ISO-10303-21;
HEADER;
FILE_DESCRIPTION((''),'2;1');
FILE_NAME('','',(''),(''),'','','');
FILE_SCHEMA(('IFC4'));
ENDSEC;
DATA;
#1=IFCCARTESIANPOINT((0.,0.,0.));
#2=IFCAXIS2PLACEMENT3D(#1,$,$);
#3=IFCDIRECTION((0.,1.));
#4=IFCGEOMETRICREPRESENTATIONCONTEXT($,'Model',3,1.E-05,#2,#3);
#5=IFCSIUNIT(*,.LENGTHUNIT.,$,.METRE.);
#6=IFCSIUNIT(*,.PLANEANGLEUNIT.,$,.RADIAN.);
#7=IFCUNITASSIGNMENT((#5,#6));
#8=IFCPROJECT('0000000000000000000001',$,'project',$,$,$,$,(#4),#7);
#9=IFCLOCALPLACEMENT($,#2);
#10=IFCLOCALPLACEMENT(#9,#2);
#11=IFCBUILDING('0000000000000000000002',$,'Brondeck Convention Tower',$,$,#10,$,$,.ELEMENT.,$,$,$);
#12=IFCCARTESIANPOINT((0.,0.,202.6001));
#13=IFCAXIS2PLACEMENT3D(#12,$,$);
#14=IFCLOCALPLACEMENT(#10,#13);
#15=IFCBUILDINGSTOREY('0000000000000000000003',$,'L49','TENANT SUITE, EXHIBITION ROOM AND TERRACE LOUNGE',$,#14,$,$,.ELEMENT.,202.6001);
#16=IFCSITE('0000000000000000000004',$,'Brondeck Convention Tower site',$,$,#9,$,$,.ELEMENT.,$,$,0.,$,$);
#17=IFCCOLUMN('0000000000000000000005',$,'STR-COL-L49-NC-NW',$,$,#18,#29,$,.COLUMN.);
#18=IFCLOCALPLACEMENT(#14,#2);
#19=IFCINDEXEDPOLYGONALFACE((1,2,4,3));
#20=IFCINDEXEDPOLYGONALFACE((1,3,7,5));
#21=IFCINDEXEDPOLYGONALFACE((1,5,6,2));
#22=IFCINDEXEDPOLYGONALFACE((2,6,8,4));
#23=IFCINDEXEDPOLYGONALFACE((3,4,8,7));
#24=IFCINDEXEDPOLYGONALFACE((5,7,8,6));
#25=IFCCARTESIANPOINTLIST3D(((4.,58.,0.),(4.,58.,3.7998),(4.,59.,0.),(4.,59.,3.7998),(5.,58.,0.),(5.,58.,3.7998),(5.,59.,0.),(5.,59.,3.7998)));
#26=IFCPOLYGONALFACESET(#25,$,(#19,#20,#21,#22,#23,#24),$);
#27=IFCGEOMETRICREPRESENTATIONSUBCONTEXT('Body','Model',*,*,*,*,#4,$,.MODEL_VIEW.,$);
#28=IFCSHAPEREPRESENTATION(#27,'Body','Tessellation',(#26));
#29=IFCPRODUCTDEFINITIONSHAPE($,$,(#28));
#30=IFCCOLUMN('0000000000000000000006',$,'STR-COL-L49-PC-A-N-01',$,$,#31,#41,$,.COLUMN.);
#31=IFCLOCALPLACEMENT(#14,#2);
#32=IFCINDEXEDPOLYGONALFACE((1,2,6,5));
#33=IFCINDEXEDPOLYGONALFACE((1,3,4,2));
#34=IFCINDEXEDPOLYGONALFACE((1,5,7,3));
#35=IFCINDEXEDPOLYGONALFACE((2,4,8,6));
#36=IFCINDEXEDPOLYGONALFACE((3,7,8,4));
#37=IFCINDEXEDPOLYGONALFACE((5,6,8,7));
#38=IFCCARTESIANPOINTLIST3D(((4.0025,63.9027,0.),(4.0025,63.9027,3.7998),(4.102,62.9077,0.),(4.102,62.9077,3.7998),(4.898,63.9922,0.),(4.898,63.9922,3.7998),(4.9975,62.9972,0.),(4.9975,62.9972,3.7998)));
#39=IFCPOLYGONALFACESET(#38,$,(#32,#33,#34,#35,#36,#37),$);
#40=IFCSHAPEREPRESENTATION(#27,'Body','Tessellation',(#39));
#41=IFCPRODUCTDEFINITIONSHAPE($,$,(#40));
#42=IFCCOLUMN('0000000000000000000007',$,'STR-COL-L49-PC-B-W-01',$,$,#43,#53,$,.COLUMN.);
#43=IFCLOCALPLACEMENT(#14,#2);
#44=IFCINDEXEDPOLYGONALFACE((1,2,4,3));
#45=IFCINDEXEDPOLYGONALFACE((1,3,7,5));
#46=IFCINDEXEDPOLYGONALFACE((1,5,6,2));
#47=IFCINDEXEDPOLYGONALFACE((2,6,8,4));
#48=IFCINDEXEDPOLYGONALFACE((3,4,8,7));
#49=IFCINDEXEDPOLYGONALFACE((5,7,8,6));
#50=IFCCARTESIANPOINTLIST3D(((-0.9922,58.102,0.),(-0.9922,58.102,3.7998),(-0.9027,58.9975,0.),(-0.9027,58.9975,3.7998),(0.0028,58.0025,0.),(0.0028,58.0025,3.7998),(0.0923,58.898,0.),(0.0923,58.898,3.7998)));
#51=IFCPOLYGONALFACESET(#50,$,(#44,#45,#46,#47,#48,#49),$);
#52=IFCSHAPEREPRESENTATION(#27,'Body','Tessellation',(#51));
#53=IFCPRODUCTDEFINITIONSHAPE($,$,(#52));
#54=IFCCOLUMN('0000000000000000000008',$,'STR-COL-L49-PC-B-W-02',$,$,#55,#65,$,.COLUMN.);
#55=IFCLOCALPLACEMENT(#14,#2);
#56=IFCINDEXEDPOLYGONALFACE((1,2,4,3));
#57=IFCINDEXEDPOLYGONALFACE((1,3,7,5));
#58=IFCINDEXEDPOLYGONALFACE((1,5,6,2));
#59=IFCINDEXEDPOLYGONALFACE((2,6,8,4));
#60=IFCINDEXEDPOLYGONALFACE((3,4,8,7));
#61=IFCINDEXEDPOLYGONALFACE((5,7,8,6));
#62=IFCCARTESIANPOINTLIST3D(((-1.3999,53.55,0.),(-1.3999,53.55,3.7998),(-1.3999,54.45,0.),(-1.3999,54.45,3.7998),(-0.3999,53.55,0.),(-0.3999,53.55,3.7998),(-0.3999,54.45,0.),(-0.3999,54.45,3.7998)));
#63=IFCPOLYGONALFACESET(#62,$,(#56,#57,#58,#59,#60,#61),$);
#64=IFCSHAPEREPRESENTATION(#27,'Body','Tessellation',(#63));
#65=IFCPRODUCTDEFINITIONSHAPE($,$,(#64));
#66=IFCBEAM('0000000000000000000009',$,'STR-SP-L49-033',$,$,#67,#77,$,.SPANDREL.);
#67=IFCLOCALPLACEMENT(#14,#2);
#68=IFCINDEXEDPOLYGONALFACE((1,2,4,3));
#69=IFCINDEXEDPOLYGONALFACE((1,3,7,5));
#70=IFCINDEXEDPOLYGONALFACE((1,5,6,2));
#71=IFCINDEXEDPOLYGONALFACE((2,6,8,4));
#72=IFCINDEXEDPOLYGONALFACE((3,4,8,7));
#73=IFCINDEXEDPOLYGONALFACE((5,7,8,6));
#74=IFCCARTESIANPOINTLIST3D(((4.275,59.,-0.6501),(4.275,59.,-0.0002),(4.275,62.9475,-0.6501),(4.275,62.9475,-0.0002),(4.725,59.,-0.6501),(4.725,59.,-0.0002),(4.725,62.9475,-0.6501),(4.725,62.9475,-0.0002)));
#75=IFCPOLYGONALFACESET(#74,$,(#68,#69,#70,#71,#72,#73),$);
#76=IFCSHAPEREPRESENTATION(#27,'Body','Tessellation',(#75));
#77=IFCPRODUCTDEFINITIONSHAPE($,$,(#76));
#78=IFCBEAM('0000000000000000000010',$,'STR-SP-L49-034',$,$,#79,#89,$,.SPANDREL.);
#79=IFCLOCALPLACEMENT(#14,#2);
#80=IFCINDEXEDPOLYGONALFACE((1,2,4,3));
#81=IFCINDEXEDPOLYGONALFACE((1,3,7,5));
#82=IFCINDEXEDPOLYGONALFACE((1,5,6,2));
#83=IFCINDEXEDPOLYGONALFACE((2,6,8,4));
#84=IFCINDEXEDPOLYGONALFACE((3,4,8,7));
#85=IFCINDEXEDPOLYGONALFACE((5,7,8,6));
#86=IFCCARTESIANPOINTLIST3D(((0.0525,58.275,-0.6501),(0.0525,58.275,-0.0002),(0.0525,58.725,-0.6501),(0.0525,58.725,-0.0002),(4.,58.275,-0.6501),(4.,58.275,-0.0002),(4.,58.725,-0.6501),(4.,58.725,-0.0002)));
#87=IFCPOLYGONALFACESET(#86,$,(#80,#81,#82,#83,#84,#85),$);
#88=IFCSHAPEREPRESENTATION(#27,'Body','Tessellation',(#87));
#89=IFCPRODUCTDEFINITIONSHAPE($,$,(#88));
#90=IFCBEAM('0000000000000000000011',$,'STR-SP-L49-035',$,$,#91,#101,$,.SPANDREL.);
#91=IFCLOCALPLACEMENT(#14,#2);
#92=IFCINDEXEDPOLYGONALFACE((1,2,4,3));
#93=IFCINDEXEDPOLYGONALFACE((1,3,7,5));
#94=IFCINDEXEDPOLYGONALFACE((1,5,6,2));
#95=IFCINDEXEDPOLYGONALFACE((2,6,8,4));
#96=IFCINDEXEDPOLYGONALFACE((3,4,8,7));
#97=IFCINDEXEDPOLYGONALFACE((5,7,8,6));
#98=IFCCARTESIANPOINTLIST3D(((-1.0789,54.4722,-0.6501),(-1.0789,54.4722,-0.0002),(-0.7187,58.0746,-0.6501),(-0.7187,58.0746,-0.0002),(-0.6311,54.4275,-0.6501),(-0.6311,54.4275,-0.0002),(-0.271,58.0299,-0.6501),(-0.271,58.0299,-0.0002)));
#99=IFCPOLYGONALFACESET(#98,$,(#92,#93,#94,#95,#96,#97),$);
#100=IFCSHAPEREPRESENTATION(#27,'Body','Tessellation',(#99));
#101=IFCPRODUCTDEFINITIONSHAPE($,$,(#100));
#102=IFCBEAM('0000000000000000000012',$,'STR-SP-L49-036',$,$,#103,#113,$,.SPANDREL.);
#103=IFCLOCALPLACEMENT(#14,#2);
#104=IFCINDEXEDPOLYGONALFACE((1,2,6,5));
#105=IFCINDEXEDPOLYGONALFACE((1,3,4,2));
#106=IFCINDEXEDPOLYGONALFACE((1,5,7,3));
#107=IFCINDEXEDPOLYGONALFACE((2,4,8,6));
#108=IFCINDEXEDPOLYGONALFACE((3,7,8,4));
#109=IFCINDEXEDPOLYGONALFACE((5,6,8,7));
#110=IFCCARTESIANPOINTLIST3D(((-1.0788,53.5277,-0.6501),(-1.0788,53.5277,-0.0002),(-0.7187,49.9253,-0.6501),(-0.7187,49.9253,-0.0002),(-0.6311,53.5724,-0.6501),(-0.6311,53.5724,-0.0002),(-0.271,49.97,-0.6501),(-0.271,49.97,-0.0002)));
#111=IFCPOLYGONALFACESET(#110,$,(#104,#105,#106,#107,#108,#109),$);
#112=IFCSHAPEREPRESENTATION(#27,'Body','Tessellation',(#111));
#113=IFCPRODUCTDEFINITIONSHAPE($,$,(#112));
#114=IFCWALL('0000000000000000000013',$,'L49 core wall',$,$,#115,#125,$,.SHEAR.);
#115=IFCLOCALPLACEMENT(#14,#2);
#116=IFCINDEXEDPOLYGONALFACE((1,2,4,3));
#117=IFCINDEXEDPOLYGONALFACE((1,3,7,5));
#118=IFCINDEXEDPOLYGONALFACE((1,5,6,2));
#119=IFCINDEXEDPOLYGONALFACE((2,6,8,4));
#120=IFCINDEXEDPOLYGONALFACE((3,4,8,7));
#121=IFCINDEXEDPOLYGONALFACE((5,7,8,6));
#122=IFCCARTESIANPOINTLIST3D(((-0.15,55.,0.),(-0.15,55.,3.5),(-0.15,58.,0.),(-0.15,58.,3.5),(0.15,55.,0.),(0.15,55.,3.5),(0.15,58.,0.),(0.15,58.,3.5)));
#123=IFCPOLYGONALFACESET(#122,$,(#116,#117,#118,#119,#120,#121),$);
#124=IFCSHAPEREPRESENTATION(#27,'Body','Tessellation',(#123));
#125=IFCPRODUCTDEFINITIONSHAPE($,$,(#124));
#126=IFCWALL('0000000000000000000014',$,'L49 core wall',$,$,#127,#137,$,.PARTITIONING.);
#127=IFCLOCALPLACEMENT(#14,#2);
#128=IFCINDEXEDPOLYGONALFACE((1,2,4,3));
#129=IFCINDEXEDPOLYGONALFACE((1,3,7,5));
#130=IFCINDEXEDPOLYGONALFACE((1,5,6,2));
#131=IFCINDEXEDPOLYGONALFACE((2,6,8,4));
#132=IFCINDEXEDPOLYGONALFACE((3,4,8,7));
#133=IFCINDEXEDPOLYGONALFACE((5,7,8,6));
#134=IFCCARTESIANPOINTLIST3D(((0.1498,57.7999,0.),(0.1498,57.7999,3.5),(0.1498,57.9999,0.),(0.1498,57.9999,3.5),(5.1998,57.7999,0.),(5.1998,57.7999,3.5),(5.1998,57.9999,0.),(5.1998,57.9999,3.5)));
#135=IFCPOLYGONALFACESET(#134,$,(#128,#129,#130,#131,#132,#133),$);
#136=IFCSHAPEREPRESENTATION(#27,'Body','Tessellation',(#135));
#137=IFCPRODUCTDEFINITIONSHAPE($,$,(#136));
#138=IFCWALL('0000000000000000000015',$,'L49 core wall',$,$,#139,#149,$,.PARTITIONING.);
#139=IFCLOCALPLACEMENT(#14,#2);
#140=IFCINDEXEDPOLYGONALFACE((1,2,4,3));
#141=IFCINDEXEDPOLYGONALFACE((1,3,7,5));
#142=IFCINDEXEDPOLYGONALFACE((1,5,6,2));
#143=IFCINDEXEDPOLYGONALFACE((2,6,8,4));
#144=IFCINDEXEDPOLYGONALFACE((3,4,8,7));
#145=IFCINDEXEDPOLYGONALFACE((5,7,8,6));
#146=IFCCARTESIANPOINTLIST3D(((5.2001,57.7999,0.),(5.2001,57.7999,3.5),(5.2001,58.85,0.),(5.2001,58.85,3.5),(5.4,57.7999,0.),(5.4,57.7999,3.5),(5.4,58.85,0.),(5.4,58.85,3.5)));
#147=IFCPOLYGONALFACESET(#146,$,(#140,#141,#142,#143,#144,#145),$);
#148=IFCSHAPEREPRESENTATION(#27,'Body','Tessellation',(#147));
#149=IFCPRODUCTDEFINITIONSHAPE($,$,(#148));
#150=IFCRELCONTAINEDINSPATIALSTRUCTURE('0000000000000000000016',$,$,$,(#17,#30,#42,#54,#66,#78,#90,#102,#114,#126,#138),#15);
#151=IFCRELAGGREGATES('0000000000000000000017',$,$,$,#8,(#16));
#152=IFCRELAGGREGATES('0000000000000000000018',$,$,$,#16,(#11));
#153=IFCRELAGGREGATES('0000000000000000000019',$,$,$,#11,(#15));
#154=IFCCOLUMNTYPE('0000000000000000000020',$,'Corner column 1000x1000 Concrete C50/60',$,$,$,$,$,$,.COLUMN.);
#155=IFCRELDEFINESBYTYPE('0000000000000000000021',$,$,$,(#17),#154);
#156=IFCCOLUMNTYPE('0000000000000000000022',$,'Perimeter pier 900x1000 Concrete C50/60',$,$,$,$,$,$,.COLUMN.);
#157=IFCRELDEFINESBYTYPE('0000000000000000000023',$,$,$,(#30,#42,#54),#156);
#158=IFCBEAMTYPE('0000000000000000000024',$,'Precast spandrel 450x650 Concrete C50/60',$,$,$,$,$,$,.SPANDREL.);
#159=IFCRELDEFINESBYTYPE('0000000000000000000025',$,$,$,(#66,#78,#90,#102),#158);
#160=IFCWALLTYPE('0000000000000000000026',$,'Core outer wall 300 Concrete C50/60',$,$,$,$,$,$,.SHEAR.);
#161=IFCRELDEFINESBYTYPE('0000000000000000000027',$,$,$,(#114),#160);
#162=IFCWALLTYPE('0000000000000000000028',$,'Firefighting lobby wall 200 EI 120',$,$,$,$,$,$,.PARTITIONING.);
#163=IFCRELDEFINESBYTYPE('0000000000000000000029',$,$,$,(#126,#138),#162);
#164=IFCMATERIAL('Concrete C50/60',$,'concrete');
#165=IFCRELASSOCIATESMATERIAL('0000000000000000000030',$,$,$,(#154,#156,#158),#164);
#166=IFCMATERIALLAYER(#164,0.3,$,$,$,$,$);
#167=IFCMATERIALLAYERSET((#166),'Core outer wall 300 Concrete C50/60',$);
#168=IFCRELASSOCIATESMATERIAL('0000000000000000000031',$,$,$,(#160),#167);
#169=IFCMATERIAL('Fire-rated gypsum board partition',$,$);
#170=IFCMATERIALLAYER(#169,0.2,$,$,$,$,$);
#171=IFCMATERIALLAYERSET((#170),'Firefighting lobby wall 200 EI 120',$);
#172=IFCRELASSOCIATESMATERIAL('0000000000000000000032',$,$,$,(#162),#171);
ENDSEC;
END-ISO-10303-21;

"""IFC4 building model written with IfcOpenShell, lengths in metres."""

from ifc_helpers import new_model, si_unit, direction, frame, frame_2d, origin, origin_2d, place, context, subcontext, project, spatial, rectangle, extrude, material, layer, layer_set, material_profile, profile_set, type_object, element, save


model = new_model("IFC4")

# Units and contexts
model_context = context("Model", 3, precision=1e-05, world=origin(), true_north=direction((0.0, 1.0)))
body_context = subcontext(model_context, "Body", "Model", "MODEL_VIEW")
ifc_project = project(units=[si_unit("LENGTHUNIT", "METRE"), si_unit("PLANEANGLEUNIT", "RADIAN")], contexts=[model_context])

# Site, building, storey
site_placement = place(None, origin())
site = spatial("IfcSite", under=ifc_project, at=site_placement, Name="Brondeck Convention Tower site", CompositionType="ELEMENT", RefElevation=0.0)
building_placement = place(site_placement, origin())
building = spatial("IfcBuilding", under=site, at=building_placement, Name="Brondeck Convention Tower", CompositionType="ELEMENT")
storey_placement = place(building_placement, frame((0.0, 0.0, 202.6001)))
storey = spatial("IfcBuildingStorey", under=building, at=storey_placement, Name="L49", Description="TENANT SUITE, EXHIBITION ROOM AND TERRACE LOUNGE", CompositionType="ELEMENT", Elevation=202.6001)

# Columns
ifc_material_1 = material(Name="Concrete C50/60", Category="concrete")
ifc_material_profile_1 = material_profile(ifc_material_1, rectangle(XDim=1.0, YDim=1.0, at=origin_2d()), Name="Corner column 1000x1000 Concrete C50/60")
ifc_profile_set_1 = profile_set([ifc_material_profile_1], Name="Concrete C50/60")
column_type_1 = type_object("IfcColumnType", Name="Corner column 1000x1000 Concrete C50/60", PredefinedType="COLUMN", material=ifc_profile_set_1)
column_placement = place(storey_placement, frame((4.5, 58.5, 0.0), z_axis=(0.0, 0.0, 1.0), x_axis=(1.0, 0.0, 0.0)))
element("IfcColumn", 1, at=column_placement, inside=storey, type_object=column_type_1, Name="STR-COL-L49-NC-NW", PredefinedType="COLUMN", context=body_context, shape_type="SweptSolid", body=[
    extrude(rectangle(XDim=1.0, YDim=1.0, at=origin_2d()), origin(), (0.0, 0.0, 1.0), 3.7998),
])
ifc_material_profile_2 = material_profile(ifc_material_1, rectangle(XDim=0.8999, YDim=1.0, at=origin_2d()), Name="Perimeter pier 900x1000 Concrete C50/60")
ifc_profile_set_2 = profile_set([ifc_material_profile_2], Name="Concrete C50/60")
column_type_2 = type_object("IfcColumnType", Name="Perimeter pier 900x1000 Concrete C50/60", PredefinedType="COLUMN", material=ifc_profile_set_2)
for number, where, z_axis, x_axis, name in (
    (2, (4.5, 63.45, 0.0), (0.0, 0.0, 1.0), (-0.995037, -0.099504, 0.0), "STR-COL-L49-PC-A-N-01"),
    (3, (-0.45, 58.5, 0.0), (0.0, 0.0, 1.0), (-0.099504, -0.995037, 0.0), "STR-COL-L49-PC-B-W-01"),
    (4, (-0.8999, 54.0, 0.0), (0.0, 0.0, 1.0), (0.0, -1.0, 0.0), "STR-COL-L49-PC-B-W-02"),
):
    element("IfcColumn", number, at=place(storey_placement, frame(where, z_axis=z_axis, x_axis=x_axis)), inside=storey, type_object=column_type_2, Name=name, PredefinedType="COLUMN", context=body_context, shape_type="SweptSolid", body=[
        extrude(rectangle(XDim=0.8999, YDim=1.0, at=origin_2d()), origin(), (0.0, 0.0, 1.0), 3.7998),
    ])

# Beams
ifc_material_profile_3 = material_profile(ifc_material_1, rectangle(XDim=0.45, YDim=0.6499, at=origin_2d()), Name="Precast spandrel 450x650 Concrete C50/60")
ifc_profile_set_3 = profile_set([ifc_material_profile_3], Name="Concrete C50/60")
beam_type = type_object("IfcBeamType", Name="Precast spandrel 450x650 Concrete C50/60", PredefinedType="SPANDREL", material=ifc_profile_set_3)
for number, where, z_axis, x_axis, name in (
    (5, (4.5, 62.9475, -0.3252), (0.0, -1.0, 0.0), (1.0, 0.0, 0.0), "STR-SP-L49-033"),
    (6, (4.0, 58.5, -0.3252), (-1.0, 0.0, 0.0), (0.0, -1.0, 0.0), "STR-SP-L49-034"),
):
    element("IfcBeam", number, at=place(storey_placement, frame(where, z_axis=z_axis, x_axis=x_axis)), inside=storey, type_object=beam_type, Name=name, PredefinedType="SPANDREL", context=body_context, shape_type="SweptSolid", body=[
        extrude(rectangle(XDim=0.45, YDim=0.6499, at=origin_2d()), origin(), (0.0, 0.0, 1.0), 3.9475),
    ])
for number, where, z_axis, x_axis, name in (
    (7, (-0.4949, 58.0522, -0.3252), (-0.09947, -0.995041, 0.0), (0.995041, -0.09947, 0.0), "STR-SP-L49-035"),
    (8, (-0.855, 53.55, -0.3252), (0.09947, -0.995041, 0.0), (0.995041, 0.09947, 0.0), "STR-SP-L49-036"),
):
    element("IfcBeam", number, at=place(storey_placement, frame(where, z_axis=z_axis, x_axis=x_axis)), inside=storey, type_object=beam_type, Name=name, PredefinedType="SPANDREL", context=body_context, shape_type="SweptSolid", body=[
        extrude(rectangle(XDim=0.45, YDim=0.6499, at=origin_2d()), origin(), (0.0, 0.0, 1.0), 3.6204),
    ])

# Walls
ifc_layer_1 = layer(ifc_material_1, 0.3)
ifc_layer_set_1 = layer_set([ifc_layer_1], Name="Core outer wall 300 Concrete C50/60")
wall_type_1 = type_object("IfcWallType", Name="Core outer wall 300 Concrete C50/60", PredefinedType="SHEAR", material=ifc_layer_set_1)
wall_1_placement = place(storey_placement, frame((0.0, 55.0, 0.0), z_axis=(0.0, 0.0, 1.0), x_axis=(0.0, 1.0, 0.0)))
element("IfcWall", 9, at=wall_1_placement, inside=storey, type_object=wall_type_1, Name="L49 core wall", PredefinedType="SHEAR", context=body_context, shape_type="SweptSolid", body=[
    extrude(rectangle(XDim=3.0, YDim=0.3, at=frame_2d((1.5, 0.0))), origin(), (0.0, 0.0, 1.0), 3.5),
])
ifc_material_2 = material(Name="Fire-rated gypsum board partition")
ifc_layer_2 = layer(ifc_material_2, 0.2)
ifc_layer_set_2 = layer_set([ifc_layer_2], Name="Firefighting lobby wall 200 EI 120")
wall_type_2 = type_object("IfcWallType", Name="Firefighting lobby wall 200 EI 120", PredefinedType="PARTITIONING", material=ifc_layer_set_2)
wall_2_placement = place(storey_placement, frame((0.1499, 57.8999, 0.0), z_axis=(0.0, 0.0, 1.0), x_axis=(1.0, 0.0, 0.0)))
element("IfcWall", 10, at=wall_2_placement, inside=storey, type_object=wall_type_2, Name="L49 core wall", PredefinedType="PARTITIONING", context=body_context, shape_type="SweptSolid", body=[
    extrude(rectangle(XDim=5.05, YDim=0.2, at=frame_2d((2.5249, 0.0))), origin(), (0.0, 0.0, 1.0), 3.5),
])
wall_3_placement = place(storey_placement, frame((5.3, 57.8, 0.0), z_axis=(0.0, 0.0, 1.0), x_axis=(0.0, 1.0, 0.0)))
element("IfcWall", 11, at=wall_3_placement, inside=storey, type_object=wall_type_2, Name="L49 core wall", PredefinedType="PARTITIONING", context=body_context, shape_type="SweptSolid", body=[
    extrude(rectangle(XDim=1.05, YDim=0.2, at=frame_2d((0.5249, 0.0))), origin(), (0.0, 0.0, 1.0), 3.5),
])

save(model, "model.ifc")
